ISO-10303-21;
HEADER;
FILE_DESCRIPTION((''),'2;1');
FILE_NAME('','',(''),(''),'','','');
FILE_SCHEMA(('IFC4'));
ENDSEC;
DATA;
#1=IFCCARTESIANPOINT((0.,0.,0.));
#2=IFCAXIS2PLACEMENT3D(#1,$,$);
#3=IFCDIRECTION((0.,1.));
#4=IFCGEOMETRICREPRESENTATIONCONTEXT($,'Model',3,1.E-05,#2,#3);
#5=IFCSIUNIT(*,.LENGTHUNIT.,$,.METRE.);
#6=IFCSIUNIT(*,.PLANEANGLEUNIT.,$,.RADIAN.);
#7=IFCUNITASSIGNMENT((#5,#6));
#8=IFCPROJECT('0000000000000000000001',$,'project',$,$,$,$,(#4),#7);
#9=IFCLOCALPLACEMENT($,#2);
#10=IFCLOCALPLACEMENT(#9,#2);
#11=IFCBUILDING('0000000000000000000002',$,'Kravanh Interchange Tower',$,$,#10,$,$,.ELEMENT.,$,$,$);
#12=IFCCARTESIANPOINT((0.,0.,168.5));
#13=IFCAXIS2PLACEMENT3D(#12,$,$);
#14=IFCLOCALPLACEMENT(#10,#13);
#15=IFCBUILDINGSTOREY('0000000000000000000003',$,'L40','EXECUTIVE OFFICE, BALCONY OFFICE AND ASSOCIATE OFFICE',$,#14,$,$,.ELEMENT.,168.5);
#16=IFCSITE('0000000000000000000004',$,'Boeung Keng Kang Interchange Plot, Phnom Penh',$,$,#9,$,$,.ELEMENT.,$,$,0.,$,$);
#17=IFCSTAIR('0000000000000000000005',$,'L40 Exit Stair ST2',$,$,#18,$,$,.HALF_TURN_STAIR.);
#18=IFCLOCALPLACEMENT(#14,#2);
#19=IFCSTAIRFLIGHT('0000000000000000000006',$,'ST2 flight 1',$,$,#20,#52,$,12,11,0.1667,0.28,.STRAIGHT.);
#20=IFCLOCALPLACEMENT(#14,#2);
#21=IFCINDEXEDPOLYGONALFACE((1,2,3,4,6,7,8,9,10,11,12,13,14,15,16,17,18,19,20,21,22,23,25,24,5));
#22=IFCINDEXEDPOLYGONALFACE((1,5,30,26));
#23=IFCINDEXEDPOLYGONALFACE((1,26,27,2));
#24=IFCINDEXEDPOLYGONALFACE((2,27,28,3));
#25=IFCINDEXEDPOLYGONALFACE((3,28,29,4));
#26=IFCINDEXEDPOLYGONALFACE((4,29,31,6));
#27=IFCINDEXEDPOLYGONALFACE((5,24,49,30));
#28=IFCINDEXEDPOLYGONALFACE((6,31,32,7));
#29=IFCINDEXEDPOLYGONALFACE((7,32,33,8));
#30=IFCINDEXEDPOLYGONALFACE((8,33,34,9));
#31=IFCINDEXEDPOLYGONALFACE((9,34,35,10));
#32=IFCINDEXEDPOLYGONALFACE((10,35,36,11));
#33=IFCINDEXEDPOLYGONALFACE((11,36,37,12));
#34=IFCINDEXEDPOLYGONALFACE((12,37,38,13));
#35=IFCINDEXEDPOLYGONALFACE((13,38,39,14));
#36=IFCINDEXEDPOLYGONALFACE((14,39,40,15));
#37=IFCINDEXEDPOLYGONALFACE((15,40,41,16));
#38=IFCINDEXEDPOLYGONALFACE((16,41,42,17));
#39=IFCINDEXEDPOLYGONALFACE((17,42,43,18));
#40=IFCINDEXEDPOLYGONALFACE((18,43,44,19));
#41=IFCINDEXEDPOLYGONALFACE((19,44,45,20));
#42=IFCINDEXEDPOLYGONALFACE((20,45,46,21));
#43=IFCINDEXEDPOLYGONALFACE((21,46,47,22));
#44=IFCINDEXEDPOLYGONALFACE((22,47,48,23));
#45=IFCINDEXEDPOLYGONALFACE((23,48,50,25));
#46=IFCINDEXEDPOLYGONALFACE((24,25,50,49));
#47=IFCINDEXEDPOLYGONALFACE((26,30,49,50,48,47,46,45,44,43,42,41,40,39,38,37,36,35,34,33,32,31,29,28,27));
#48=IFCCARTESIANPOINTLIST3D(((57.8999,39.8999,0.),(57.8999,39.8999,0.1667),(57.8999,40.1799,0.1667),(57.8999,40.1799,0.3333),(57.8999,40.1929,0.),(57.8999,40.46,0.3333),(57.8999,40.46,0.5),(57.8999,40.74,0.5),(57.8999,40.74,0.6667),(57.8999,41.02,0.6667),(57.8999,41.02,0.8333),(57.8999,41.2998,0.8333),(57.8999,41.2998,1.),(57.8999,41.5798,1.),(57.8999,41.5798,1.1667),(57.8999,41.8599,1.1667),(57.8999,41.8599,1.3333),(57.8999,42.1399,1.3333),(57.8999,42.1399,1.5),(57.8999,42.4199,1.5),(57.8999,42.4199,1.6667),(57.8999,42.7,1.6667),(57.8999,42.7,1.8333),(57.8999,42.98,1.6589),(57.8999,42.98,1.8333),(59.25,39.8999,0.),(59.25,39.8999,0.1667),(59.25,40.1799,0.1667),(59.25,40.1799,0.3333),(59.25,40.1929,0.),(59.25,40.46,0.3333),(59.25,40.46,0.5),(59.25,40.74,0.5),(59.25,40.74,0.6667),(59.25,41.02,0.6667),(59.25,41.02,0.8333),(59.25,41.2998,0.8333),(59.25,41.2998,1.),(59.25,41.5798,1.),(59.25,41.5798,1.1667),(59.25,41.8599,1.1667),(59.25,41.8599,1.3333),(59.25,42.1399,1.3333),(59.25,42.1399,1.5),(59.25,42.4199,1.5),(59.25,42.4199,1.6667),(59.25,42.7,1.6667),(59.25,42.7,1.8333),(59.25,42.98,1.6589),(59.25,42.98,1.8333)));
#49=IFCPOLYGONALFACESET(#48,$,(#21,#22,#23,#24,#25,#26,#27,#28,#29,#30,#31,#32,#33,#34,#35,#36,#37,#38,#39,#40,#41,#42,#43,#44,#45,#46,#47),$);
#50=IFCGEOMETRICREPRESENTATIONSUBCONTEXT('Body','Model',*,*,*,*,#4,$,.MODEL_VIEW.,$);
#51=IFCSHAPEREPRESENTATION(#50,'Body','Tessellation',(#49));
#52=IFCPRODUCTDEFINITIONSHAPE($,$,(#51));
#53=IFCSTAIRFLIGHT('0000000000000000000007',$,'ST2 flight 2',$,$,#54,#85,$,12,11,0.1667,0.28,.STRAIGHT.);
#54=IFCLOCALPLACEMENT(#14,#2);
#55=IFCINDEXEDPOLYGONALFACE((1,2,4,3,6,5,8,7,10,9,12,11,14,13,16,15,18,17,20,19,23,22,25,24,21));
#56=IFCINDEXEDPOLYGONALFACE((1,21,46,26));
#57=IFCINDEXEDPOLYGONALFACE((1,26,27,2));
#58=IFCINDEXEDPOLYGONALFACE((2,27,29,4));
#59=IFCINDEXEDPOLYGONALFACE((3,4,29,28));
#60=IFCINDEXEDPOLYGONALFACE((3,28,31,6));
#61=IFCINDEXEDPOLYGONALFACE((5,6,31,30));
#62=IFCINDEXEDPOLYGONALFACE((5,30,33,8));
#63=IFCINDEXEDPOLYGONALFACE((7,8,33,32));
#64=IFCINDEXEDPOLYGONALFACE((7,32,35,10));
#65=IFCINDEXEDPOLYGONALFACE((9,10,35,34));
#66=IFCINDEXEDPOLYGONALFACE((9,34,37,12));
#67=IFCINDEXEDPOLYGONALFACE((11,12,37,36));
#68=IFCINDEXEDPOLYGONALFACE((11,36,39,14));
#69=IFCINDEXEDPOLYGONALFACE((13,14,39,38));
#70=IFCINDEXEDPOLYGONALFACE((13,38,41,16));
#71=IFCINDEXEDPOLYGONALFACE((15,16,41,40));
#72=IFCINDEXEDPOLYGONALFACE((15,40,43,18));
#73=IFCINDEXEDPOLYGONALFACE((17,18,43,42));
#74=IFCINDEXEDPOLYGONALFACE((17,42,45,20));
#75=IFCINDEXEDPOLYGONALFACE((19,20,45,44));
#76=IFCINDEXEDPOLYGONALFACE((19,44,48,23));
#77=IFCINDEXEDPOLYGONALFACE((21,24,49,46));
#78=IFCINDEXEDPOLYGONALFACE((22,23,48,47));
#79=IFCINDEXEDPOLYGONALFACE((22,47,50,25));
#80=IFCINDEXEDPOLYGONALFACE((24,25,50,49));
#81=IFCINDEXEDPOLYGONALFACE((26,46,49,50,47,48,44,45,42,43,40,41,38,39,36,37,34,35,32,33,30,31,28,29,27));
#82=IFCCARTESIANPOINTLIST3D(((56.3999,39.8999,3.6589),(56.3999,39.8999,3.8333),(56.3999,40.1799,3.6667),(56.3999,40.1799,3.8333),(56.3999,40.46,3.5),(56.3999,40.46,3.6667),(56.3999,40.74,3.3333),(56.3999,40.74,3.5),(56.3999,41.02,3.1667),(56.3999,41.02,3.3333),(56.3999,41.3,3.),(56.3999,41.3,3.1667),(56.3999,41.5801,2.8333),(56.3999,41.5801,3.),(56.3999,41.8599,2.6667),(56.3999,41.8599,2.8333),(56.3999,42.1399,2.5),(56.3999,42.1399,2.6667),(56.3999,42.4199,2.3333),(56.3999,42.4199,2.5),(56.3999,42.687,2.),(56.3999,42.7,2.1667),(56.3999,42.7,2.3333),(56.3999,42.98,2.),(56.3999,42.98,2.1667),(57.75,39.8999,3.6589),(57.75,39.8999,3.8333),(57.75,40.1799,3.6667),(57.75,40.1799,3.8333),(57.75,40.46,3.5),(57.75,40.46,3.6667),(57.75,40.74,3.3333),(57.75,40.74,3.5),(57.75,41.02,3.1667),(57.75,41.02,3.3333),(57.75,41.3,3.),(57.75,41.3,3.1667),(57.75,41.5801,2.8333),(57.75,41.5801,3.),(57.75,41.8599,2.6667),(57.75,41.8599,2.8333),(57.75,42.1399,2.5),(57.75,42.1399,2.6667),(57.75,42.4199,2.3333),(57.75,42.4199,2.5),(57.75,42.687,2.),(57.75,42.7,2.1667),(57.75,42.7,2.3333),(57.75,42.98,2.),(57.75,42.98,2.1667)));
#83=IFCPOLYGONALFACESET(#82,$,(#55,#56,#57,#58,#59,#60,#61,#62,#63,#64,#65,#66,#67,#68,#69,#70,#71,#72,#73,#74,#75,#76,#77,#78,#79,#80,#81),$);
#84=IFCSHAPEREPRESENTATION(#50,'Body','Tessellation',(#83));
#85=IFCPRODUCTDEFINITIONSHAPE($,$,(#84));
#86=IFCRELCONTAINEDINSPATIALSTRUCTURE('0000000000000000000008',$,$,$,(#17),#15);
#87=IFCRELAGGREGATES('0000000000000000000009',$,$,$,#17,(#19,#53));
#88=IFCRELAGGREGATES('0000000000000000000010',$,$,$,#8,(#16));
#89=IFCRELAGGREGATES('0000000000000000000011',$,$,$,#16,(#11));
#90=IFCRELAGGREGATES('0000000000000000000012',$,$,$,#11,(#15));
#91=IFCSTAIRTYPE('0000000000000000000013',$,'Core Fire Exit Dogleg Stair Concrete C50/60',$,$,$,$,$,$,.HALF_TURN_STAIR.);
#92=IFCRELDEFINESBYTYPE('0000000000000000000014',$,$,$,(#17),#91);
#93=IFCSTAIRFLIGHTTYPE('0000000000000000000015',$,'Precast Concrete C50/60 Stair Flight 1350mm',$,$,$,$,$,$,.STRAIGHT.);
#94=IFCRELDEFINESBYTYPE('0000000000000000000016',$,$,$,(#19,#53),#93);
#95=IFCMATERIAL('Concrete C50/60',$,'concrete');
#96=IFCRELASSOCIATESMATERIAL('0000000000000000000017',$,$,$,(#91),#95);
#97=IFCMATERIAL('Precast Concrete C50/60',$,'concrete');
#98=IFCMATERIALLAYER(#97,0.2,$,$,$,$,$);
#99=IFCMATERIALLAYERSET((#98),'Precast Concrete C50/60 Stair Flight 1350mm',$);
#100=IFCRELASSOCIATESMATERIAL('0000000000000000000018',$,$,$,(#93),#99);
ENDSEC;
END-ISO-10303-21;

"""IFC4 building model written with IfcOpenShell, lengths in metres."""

from ifc_helpers import new_model, si_unit, direction, frame, origin, place, context, subcontext, project, spatial, polyline, outline, extrude, material, layer, layer_set, type_object, element, aggregate, save


model = new_model("IFC4")

# Units and contexts
model_context = context("Model", 3, precision=1e-05, world=origin(), true_north=direction((0.0, 1.0)))
body_context = subcontext(model_context, "Body", "Model", "MODEL_VIEW")
ifc_project = project(units=[si_unit("LENGTHUNIT", "METRE"), si_unit("PLANEANGLEUNIT", "RADIAN")], contexts=[model_context])

# Site, building, storey
site_placement = place(None, origin())
site = spatial("IfcSite", under=ifc_project, at=site_placement, Name="Boeung Keng Kang Interchange Plot, Phnom Penh", CompositionType="ELEMENT", RefElevation=0.0)
building_placement = place(site_placement, origin())
building = spatial("IfcBuilding", under=site, at=building_placement, Name="Kravanh Interchange Tower", CompositionType="ELEMENT")
storey_placement = place(building_placement, frame((0.0, 0.0, 168.5)))
storey = spatial("IfcBuildingStorey", under=building, at=storey_placement, Name="L40", Description="EXECUTIVE OFFICE, BALCONY OFFICE AND ASSOCIATE OFFICE", CompositionType="ELEMENT", Elevation=168.5)

# Stair, stair flights
ifc_material_1 = material(Name="Concrete C50/60", Category="concrete")
stair_type = type_object("IfcStairType", Name="Core Fire Exit Dogleg Stair Concrete C50/60", PredefinedType="HALF_TURN_STAIR", material=ifc_material_1)
ifc_material_2 = material(Name="Precast Concrete C50/60", Category="concrete")
ifc_layer_1 = layer(ifc_material_2, 0.2)
ifc_layer_set_1 = layer_set([ifc_layer_1], Name="Precast Concrete C50/60 Stair Flight 1350mm")
stair_flight_type = type_object("IfcStairFlightType", Name="Precast Concrete C50/60 Stair Flight 1350mm", PredefinedType="STRAIGHT", material=ifc_layer_set_1)
stair_1_placement = place(storey_placement, origin())
stair_1 = element("IfcStair", 1, at=stair_1_placement, inside=storey, type_object=stair_type, Name="L40 Exit Stair ST2", PredefinedType="HALF_TURN_STAIR")
stair_flight_1_placement = place(storey_placement, frame((58.575, 39.8999, 0.0), z_axis=(0.0, 0.0, 1.0), x_axis=(0.0, 1.0, 0.0)))
stair_flight_1 = element("IfcStairFlight", 2, at=stair_flight_1_placement, type_object=stair_flight_type, Name="ST2 flight 1", NumberOfRisers=12, NumberOfTreads=11, PredefinedType="STRAIGHT", RiserHeight=0.1667, TreadLength=0.28, context=body_context, shape_type="SweptSolid", body=[
    extrude(outline(polyline([(0.0, 0.0), (0.0, 0.1667), (0.28, 0.1667), (0.28, 0.3333), (0.5601, 0.3333), (0.5601, 0.5), (0.8401, 0.5), (0.8401, 0.6667), (1.1201, 0.6667), (1.1201, 0.8333), (1.3999, 0.8333), (1.3999, 1.0), (1.6799, 1.0), (1.6799, 1.1667), (1.96, 1.1667), (1.96, 1.3333), (2.24, 1.3333), (2.24, 1.5), (2.52, 1.5), (2.52, 1.6667), (2.8, 1.6667), (2.8, 1.8333), (3.0801, 1.8333), (3.0801, 2.0), (3.0801, 1.6589), (0.293, 0.0), (0.0, 0.0)])), frame((0.0, 0.675, 0.0), z_axis=(0.0, -1.0, 0.0), x_axis=(1.0, 0.0, 0.0)), (0.0, 0.0, 1.0), 1.3501),
])
stair_flight_2_placement = place(storey_placement, frame((57.075, 42.98, 2.0), z_axis=(0.0, 0.0, 1.0), x_axis=(0.0, -1.0, 0.0)))
stair_flight_2 = element("IfcStairFlight", 3, at=stair_flight_2_placement, type_object=stair_flight_type, Name="ST2 flight 2", NumberOfRisers=12, NumberOfTreads=11, PredefinedType="STRAIGHT", RiserHeight=0.1667, TreadLength=0.28, context=body_context, shape_type="SweptSolid", body=[
    extrude(outline(polyline([(0.0, 0.0), (0.0, 0.1667), (0.28, 0.1667), (0.28, 0.3333), (0.5601, 0.3333), (0.5601, 0.5), (0.8401, 0.5), (0.8401, 0.6667), (1.1201, 0.6667), (1.1201, 0.8333), (1.3999, 0.8333), (1.3999, 1.0), (1.6799, 1.0), (1.6799, 1.1667), (1.96, 1.1667), (1.96, 1.3333), (2.24, 1.3333), (2.24, 1.5), (2.52, 1.5), (2.52, 1.6667), (2.8, 1.6667), (2.8, 1.8333), (3.0801, 1.8333), (3.0801, 2.0), (3.0801, 1.6589), (0.293, 0.0), (0.0, 0.0)])), frame((0.0, 0.675, 0.0), z_axis=(0.0, -1.0, 0.0), x_axis=(1.0, 0.0, 0.0)), (0.0, 0.0, 1.0), 1.3501),
])
aggregate(stair_1, [stair_flight_1, stair_flight_2])

save(model, "model.ifc")
